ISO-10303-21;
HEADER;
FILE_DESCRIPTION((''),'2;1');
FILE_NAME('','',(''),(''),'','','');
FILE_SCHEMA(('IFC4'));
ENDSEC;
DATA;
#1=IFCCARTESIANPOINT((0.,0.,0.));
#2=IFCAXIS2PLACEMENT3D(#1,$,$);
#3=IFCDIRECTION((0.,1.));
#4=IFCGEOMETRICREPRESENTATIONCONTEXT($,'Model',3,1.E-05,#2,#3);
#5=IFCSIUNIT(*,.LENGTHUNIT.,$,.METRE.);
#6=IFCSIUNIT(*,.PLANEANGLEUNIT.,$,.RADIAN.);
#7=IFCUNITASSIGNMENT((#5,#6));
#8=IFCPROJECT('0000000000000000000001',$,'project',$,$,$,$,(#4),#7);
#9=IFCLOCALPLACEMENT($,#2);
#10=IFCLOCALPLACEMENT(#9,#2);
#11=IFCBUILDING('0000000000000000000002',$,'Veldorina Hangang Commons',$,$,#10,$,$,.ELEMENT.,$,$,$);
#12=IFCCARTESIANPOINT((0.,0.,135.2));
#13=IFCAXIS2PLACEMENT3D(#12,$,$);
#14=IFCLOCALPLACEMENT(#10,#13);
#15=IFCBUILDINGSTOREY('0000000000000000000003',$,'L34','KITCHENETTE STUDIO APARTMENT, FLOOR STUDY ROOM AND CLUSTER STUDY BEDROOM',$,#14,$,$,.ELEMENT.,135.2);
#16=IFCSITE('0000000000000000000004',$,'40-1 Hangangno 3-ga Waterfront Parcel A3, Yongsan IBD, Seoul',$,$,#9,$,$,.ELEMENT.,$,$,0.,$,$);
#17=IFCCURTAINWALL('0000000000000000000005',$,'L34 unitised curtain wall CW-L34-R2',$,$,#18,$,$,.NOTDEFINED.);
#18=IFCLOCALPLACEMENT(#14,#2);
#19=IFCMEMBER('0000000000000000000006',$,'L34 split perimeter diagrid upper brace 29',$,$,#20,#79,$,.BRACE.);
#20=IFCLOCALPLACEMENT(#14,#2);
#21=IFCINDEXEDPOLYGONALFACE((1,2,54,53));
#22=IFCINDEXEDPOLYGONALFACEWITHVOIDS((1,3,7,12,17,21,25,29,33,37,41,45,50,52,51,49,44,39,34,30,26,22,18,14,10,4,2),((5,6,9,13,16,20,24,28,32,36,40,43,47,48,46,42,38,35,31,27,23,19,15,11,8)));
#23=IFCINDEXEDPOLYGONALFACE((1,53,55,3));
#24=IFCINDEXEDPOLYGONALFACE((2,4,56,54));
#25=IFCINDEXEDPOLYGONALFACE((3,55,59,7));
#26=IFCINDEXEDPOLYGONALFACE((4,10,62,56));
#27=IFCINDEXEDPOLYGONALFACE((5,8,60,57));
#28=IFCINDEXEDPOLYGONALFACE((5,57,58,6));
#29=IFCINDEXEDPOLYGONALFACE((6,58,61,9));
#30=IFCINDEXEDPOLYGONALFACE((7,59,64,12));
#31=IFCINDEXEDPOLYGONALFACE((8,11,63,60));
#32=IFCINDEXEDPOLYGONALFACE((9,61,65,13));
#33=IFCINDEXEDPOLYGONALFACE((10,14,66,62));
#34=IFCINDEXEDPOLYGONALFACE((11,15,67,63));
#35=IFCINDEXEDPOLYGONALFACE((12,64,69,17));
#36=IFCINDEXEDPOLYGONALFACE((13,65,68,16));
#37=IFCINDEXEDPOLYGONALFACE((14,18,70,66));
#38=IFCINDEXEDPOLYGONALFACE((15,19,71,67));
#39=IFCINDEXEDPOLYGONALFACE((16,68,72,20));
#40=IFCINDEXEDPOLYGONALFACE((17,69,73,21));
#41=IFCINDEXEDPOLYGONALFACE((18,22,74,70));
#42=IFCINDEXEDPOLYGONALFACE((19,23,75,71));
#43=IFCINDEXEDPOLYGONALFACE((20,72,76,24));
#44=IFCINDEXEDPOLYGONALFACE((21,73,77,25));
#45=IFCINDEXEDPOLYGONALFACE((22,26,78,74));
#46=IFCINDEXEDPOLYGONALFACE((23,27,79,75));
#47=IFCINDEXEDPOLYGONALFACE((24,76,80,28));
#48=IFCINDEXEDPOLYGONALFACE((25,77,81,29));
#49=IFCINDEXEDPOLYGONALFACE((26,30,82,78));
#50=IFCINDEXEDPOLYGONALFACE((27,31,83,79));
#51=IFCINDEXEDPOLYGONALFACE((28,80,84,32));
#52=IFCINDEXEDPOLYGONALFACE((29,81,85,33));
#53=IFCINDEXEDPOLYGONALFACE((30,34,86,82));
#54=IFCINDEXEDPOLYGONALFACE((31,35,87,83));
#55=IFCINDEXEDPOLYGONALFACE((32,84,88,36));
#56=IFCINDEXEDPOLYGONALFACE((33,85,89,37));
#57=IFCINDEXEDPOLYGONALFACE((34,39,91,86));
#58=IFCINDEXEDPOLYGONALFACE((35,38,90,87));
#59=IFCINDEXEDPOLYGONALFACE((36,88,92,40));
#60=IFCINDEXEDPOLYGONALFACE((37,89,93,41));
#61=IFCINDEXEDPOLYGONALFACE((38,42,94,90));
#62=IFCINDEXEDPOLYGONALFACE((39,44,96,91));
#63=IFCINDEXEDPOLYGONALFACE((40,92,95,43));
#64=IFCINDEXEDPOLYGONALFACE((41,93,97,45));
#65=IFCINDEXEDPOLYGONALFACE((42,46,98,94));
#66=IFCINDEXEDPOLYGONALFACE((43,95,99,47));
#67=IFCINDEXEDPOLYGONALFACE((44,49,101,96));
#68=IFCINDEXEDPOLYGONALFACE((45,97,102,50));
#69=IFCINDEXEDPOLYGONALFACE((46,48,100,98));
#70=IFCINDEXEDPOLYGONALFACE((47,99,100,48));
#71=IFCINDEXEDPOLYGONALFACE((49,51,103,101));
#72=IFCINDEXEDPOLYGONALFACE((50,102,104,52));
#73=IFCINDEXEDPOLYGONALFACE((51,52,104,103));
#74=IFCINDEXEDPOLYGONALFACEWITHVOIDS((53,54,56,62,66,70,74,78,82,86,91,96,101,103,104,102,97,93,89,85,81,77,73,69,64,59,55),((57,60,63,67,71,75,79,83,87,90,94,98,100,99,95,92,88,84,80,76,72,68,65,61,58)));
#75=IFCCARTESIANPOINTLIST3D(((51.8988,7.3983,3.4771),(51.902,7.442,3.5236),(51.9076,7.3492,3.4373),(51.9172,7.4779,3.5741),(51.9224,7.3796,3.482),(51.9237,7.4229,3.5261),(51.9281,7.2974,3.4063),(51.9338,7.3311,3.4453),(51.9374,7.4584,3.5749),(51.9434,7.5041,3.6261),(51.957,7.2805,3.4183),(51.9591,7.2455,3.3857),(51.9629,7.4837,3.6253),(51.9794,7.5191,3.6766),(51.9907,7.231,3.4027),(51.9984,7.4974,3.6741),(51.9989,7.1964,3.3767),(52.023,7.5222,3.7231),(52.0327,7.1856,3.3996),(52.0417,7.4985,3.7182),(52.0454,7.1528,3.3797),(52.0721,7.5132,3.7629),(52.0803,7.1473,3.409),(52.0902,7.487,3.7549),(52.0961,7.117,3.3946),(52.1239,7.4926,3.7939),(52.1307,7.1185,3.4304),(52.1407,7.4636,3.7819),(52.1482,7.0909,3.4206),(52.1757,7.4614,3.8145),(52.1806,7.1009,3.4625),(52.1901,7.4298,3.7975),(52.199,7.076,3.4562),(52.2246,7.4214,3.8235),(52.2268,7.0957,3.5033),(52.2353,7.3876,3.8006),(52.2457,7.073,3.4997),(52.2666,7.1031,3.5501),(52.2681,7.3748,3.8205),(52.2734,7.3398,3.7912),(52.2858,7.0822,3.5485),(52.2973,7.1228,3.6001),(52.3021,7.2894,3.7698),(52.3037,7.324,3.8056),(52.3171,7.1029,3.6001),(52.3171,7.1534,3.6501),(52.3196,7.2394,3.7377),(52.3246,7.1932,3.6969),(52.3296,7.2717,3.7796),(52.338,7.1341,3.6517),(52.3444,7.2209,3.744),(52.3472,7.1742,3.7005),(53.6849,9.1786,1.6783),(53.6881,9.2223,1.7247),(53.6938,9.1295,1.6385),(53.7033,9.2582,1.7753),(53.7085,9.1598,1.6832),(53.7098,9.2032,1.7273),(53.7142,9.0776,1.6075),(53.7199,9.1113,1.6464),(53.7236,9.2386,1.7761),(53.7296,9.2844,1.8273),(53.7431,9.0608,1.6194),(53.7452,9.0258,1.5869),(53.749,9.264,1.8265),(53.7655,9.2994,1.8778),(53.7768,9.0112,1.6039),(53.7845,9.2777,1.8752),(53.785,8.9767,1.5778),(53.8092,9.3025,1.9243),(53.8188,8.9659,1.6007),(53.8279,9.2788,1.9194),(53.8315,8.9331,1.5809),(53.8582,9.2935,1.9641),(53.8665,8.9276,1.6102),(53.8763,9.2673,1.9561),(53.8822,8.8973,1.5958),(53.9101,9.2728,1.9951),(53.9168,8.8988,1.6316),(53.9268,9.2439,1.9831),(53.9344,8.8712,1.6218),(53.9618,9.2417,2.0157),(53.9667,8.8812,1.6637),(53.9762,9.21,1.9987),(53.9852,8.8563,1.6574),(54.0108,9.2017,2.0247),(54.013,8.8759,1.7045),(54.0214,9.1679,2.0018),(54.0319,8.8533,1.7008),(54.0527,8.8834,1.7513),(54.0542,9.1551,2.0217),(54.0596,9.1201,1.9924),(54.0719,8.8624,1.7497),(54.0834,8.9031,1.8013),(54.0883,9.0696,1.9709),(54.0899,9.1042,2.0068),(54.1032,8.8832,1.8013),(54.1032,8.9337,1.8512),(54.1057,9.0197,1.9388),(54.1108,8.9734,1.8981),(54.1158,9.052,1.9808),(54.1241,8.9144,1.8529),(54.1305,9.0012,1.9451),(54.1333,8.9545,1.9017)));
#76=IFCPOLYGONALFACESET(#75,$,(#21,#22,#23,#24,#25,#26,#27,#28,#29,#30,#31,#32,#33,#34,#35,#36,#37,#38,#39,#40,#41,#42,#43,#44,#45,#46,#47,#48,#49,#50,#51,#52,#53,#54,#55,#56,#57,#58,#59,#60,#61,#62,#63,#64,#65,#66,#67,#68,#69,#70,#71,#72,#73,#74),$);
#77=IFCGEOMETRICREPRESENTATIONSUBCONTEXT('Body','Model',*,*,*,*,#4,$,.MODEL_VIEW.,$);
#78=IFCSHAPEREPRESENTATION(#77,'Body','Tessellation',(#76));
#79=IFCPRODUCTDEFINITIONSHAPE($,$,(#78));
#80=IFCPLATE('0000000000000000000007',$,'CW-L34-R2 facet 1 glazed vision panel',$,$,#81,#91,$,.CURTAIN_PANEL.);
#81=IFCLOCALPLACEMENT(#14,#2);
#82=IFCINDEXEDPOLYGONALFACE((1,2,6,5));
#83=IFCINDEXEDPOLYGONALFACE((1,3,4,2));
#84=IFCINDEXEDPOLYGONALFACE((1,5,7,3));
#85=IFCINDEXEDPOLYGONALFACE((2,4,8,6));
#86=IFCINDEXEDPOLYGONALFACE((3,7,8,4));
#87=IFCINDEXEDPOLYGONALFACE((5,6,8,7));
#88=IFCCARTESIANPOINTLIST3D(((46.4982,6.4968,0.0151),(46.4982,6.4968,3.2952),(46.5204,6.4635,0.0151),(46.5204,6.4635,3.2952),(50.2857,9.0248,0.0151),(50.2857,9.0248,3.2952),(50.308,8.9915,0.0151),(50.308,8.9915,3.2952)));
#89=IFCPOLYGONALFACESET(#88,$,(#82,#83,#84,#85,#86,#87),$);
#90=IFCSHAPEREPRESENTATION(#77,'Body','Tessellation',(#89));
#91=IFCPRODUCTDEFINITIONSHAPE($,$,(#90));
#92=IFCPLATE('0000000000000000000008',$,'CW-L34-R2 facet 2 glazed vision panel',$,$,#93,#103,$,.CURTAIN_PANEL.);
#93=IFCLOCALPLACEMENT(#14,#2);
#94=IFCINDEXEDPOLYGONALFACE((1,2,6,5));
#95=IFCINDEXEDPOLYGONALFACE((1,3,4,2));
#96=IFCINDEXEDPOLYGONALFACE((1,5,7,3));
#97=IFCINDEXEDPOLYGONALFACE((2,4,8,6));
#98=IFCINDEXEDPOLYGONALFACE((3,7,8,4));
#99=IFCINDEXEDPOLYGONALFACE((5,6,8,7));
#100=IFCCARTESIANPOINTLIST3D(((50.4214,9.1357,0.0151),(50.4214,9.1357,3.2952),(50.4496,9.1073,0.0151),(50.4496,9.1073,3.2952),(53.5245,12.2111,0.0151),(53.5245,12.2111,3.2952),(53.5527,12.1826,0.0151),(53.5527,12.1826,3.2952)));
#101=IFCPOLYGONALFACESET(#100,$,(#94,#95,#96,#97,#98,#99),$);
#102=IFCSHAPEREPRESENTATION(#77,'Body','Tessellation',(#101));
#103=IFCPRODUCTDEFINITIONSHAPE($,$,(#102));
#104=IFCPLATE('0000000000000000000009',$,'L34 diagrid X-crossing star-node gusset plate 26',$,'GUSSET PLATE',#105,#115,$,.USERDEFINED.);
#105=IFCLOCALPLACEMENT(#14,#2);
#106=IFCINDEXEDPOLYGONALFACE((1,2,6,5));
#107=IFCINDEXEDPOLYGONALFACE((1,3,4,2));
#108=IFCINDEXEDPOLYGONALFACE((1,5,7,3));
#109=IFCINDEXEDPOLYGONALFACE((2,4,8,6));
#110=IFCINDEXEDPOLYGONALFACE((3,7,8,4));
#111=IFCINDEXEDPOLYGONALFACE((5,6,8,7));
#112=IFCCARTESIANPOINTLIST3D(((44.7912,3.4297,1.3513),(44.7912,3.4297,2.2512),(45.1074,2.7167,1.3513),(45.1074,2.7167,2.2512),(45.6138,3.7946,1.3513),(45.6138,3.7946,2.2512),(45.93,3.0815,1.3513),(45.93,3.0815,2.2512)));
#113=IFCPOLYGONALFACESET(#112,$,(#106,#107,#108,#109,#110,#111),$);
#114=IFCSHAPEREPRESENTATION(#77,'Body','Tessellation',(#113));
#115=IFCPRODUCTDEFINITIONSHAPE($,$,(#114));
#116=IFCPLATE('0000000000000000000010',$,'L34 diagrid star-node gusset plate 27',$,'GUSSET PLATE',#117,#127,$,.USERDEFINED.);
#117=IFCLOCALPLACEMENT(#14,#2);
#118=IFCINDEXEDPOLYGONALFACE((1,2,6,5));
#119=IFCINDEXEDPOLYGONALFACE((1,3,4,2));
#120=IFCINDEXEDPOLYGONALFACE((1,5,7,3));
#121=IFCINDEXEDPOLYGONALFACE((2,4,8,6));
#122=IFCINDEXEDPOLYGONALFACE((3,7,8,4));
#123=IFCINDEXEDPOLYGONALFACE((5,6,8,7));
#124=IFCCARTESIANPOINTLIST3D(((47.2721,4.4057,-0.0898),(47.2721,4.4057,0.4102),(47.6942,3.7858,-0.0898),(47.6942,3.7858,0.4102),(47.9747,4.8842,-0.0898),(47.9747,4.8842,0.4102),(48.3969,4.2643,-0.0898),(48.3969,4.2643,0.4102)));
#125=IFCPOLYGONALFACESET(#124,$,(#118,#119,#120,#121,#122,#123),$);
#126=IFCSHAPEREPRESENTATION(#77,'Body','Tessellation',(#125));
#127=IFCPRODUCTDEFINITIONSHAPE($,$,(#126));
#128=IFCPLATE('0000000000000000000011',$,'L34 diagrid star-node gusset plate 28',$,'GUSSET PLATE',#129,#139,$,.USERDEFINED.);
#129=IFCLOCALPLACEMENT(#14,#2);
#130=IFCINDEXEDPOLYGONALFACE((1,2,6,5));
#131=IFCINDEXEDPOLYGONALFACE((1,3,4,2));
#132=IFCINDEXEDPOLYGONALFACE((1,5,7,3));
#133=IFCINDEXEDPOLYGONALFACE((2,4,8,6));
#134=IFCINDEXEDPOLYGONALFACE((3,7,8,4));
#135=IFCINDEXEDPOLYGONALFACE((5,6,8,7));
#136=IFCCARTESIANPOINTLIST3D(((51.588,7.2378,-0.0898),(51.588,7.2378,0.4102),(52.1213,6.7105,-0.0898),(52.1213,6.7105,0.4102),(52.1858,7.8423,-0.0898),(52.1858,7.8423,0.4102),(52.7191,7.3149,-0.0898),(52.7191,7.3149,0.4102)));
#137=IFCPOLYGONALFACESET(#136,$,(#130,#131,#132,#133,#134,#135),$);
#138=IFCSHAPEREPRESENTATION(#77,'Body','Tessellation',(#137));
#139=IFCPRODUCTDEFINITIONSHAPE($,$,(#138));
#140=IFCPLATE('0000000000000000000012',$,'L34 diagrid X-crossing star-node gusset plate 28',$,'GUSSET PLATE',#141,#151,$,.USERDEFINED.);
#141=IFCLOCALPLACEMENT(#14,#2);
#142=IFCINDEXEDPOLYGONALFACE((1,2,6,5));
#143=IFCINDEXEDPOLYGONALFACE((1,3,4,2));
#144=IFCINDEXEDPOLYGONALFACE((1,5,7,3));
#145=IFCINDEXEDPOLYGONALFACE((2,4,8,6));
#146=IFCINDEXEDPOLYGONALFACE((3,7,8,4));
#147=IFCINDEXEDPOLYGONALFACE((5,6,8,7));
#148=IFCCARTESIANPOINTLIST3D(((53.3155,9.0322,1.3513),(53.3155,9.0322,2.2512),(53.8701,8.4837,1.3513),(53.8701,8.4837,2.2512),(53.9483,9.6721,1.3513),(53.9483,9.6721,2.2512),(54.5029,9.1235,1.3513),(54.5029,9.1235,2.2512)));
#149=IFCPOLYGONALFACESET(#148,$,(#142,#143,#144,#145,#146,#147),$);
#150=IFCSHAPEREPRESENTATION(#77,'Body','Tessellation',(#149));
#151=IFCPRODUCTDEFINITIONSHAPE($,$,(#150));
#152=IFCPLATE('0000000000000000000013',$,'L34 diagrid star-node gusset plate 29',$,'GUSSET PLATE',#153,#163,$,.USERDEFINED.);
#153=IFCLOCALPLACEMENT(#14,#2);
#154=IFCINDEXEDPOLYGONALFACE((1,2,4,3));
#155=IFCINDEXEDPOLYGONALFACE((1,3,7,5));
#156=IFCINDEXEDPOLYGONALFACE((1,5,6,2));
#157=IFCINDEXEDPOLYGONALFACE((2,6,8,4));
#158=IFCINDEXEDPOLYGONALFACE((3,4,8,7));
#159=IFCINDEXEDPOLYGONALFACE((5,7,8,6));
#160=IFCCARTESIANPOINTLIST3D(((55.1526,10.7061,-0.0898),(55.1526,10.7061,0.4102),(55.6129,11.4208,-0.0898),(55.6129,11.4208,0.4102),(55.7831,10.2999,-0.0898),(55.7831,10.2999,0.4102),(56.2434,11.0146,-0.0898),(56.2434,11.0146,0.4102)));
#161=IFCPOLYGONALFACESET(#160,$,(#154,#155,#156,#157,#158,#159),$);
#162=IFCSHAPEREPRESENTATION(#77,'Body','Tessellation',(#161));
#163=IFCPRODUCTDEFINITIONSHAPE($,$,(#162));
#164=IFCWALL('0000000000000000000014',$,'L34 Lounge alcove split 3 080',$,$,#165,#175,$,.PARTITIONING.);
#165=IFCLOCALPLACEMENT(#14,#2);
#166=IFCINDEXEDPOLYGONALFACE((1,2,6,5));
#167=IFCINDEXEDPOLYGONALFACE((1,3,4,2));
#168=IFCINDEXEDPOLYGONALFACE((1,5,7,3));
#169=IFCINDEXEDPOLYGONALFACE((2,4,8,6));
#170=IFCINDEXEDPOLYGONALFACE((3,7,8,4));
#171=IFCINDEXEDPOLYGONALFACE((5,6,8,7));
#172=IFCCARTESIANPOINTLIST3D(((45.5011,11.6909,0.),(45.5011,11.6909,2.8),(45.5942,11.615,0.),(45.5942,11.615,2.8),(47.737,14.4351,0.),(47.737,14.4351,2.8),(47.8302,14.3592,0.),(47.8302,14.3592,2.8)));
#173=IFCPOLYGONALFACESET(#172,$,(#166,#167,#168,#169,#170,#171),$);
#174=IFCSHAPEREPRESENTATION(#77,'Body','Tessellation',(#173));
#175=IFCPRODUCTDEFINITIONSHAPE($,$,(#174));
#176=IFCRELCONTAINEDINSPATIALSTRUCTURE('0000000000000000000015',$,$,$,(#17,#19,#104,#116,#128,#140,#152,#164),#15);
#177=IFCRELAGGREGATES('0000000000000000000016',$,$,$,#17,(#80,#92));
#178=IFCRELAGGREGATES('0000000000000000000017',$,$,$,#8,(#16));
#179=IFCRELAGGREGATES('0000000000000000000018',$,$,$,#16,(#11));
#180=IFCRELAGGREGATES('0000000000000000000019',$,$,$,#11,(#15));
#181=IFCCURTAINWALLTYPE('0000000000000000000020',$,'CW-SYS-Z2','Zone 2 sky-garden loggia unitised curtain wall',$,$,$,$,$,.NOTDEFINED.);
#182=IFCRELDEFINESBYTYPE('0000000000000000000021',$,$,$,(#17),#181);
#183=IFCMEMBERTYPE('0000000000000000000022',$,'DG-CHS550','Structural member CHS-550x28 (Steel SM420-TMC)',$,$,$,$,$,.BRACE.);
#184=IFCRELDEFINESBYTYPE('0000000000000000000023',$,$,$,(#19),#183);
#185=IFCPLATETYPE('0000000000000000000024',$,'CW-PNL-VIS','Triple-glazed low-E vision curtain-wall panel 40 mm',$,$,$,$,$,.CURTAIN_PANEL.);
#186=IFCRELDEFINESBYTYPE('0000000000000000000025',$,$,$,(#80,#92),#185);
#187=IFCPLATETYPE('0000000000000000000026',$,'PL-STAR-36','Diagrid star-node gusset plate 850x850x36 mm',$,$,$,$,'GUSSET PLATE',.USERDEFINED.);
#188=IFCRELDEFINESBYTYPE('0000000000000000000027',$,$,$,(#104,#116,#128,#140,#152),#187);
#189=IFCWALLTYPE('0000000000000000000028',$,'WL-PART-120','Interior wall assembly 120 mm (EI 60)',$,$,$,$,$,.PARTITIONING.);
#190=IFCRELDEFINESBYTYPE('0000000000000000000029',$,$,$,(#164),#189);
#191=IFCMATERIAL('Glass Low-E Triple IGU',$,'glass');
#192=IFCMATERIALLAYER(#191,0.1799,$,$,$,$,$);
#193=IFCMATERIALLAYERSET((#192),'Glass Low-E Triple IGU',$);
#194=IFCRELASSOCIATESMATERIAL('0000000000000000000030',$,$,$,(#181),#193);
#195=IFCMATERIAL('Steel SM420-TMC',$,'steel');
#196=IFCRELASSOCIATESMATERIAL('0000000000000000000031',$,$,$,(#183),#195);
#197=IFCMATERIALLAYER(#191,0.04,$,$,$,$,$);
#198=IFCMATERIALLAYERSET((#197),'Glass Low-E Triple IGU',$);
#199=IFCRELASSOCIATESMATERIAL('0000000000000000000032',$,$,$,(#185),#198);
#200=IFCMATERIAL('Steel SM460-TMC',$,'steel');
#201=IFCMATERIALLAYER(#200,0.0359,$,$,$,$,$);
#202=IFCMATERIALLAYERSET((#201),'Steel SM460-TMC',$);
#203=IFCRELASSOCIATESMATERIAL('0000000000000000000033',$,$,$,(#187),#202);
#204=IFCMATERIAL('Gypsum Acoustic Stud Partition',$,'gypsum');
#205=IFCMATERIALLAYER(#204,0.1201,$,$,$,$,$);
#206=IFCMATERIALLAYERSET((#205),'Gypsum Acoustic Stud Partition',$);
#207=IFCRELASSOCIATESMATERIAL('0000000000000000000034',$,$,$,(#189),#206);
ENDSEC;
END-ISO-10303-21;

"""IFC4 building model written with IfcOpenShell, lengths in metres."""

from ifc_helpers import new_model, si_unit, direction, frame, frame_2d, origin, origin_2d, place, context, subcontext, project, spatial, rectangle, hollow_circle, extrude, material, layer, layer_set, material_profile, profile_set, type_object, element, aggregate, save


model = new_model("IFC4")

# Units and contexts
model_context = context("Model", 3, precision=1e-05, world=origin(), true_north=direction((0.0, 1.0)))
body_context = subcontext(model_context, "Body", "Model", "MODEL_VIEW")
ifc_project = project(units=[si_unit("LENGTHUNIT", "METRE"), si_unit("PLANEANGLEUNIT", "RADIAN")], contexts=[model_context])

# Site, building, storey
site_placement = place(None, origin())
site = spatial("IfcSite", under=ifc_project, at=site_placement, Name="40-1 Hangangno 3-ga Waterfront Parcel A3, Yongsan IBD, Seoul", CompositionType="ELEMENT", RefElevation=0.0)
building_placement = place(site_placement, origin())
building = spatial("IfcBuilding", under=site, at=building_placement, Name="Veldorina Hangang Commons", CompositionType="ELEMENT")
storey_placement = place(building_placement, frame((0.0, 0.0, 135.2)))
storey = spatial("IfcBuildingStorey", under=building, at=storey_placement, Name="L34", Description="KITCHENETTE STUDIO APARTMENT, FLOOR STUDY ROOM AND CLUSTER STUDY BEDROOM", CompositionType="ELEMENT", Elevation=135.2)

# Shared definitions
ifc_material_1 = material(Name="Steel SM420-TMC", Category="steel")

# Curtain wall
ifc_material_2 = material(Name="Glass Low-E Triple IGU", Category="glass")
ifc_layer_1 = layer(ifc_material_2, 0.1799)
ifc_layer_set_1 = layer_set([ifc_layer_1], Name="Glass Low-E Triple IGU")
curtain_wall_type = type_object("IfcCurtainWallType", Name="CW-SYS-Z2", Description="Zone 2 sky-garden loggia unitised curtain wall", PredefinedType="NOTDEFINED", material=ifc_layer_set_1)
curtain_wall_placement = place(storey_placement, origin())
curtain_wall = element("IfcCurtainWall", 1, at=curtain_wall_placement, inside=storey, type_object=curtain_wall_type, Name="L34 unitised curtain wall CW-L34-R2", PredefinedType="NOTDEFINED")

# Member
ifc_material_profile_1 = material_profile(ifc_material_1, hollow_circle(Radius=0.2749, WallThickness=0.0281, at=origin_2d()), Name="CHS-550x28")
ifc_profile_set_1 = profile_set([ifc_material_profile_1], Name="Steel SM420-TMC")
member_type_1 = type_object("IfcMemberType", Name="DG-CHS550", Description="Structural member CHS-550x28 (Steel SM420-TMC)", PredefinedType="BRACE", material=ifc_profile_set_1)
member_1_placement = place(storey_placement, frame((53.9092, 9.0779, 1.8013), z_axis=(-0.576609, -0.574718, 0.580708), x_axis=(0.705944, -0.708268, 0.0)))
element("IfcMember", 2, at=member_1_placement, inside=storey, type_object=member_type_1, Name="L34 split perimeter diagrid upper brace 29", PredefinedType="BRACE", context=body_context, shape_type="SweptSolid", body=[
    extrude(hollow_circle(Radius=0.2749, WallThickness=0.0281, at=origin_2d()), origin(), (0.0, 0.0, 1.0), 3.0977),
])

# Plates
ifc_layer_2 = layer(ifc_material_2, 0.04)
ifc_layer_set_2 = layer_set([ifc_layer_2], Name="Glass Low-E Triple IGU")
plate_type_1 = type_object("IfcPlateType", Name="CW-PNL-VIS", Description="Triple-glazed low-E vision curtain-wall panel 40 mm", PredefinedType="CURTAIN_PANEL", material=ifc_layer_set_2)
plate_1_placement = place(storey_placement, frame((48.4031, 7.7441, 0.0151), z_axis=(0.0, 0.0, 1.0), x_axis=(0.831751, 0.555149, 0.0)))
plate_1 = element("IfcPlate", 3, at=plate_1_placement, type_object=plate_type_1, Name="CW-L34-R2 facet 1 glazed vision panel", PredefinedType="CURTAIN_PANEL", context=body_context, shape_type="SweptSolid", body=[
    extrude(rectangle(XDim=4.5537, YDim=0.04, at=origin_2d()), origin(), (0.0, 0.0, 1.0), 3.28),
])
plate_2_placement = place(storey_placement, frame((51.9871, 10.6592, 0.0151), z_axis=(0.0, 0.0, 1.0), x_axis=(0.710284, 0.703916, 0.0)))
plate_2 = element("IfcPlate", 4, at=plate_2_placement, type_object=plate_type_1, Name="CW-L34-R2 facet 2 glazed vision panel", PredefinedType="CURTAIN_PANEL", context=body_context, shape_type="SweptSolid", body=[
    extrude(rectangle(XDim=4.3689, YDim=0.04, at=origin_2d()), origin(), (0.0, 0.0, 1.0), 3.28),
])
aggregate(curtain_wall, [plate_1, plate_2])

# Plates
ifc_material_3 = material(Name="Steel SM460-TMC", Category="steel")
ifc_layer_3 = layer(ifc_material_3, 0.0359)
ifc_layer_set_3 = layer_set([ifc_layer_3], Name="Steel SM460-TMC")
plate_type_2 = type_object("IfcPlateType", Name="PL-STAR-36", Description="Diagrid star-node gusset plate 850x850x36 mm", ElementType="GUSSET PLATE", PredefinedType="USERDEFINED", material=ifc_layer_set_3)
plate_3_placement = place(storey_placement, frame((45.3606, 3.2556, 1.3513), z_axis=(0.0, 0.0, 1.0), x_axis=(0.914112, 0.405461, 0.0)))
element("IfcPlate", 5, at=plate_3_placement, inside=storey, type_object=plate_type_2, Name="L34 diagrid X-crossing star-node gusset plate 26", ObjectType="GUSSET PLATE", PredefinedType="USERDEFINED", context=body_context, shape_type="SweptSolid", body=[
    extrude(rectangle(XDim=0.8999, YDim=0.78, at=origin_2d()), origin(), (0.0, 0.0, 1.0), 0.8999),
])
for number, where, z_axis, x_axis, name in (
    (6, (47.8345, 4.335, -0.0898), (0.0, 0.0, 1.0), (0.826541, 0.562877, 0.0), "L34 diagrid star-node gusset plate 27"),
    (7, (52.1536, 7.2764, -0.0898), (0.0, 0.0, 1.0), (0.703184, 0.711008, 0.0), "L34 diagrid star-node gusset plate 28"),
):
    element("IfcPlate", number, at=place(storey_placement, frame(where, z_axis=z_axis, x_axis=x_axis)), inside=storey, type_object=plate_type_2, Name=name, ObjectType="GUSSET PLATE", PredefinedType="USERDEFINED", context=body_context, shape_type="SweptSolid", body=[
        extrude(rectangle(XDim=0.8501, YDim=0.75, at=origin_2d()), origin(), (0.0, 0.0, 1.0), 0.5),
    ])
plate_4_placement = place(storey_placement, frame((53.9092, 9.0779, 1.3513), z_axis=(0.0, 0.0, 1.0), x_axis=(0.703184, 0.711008, 0.0)))
element("IfcPlate", 8, at=plate_4_placement, inside=storey, type_object=plate_type_2, Name="L34 diagrid X-crossing star-node gusset plate 28", ObjectType="GUSSET PLATE", PredefinedType="USERDEFINED", context=body_context, shape_type="SweptSolid", body=[
    extrude(rectangle(XDim=0.8999, YDim=0.78, at=origin_2d()), origin(), (0.0, 0.0, 1.0), 0.8999),
])
plate_5_placement = place(storey_placement, frame((55.698, 10.8604, -0.0898), z_axis=(0.0, 0.0, 1.0), x_axis=(0.541517, 0.840689, 0.0)))
element("IfcPlate", 9, at=plate_5_placement, inside=storey, type_object=plate_type_2, Name="L34 diagrid star-node gusset plate 29", ObjectType="GUSSET PLATE", PredefinedType="USERDEFINED", context=body_context, shape_type="SweptSolid", body=[
    extrude(rectangle(XDim=0.8501, YDim=0.75, at=origin_2d()), origin(), (0.0, 0.0, 1.0), 0.5),
])

# Wall
ifc_material_4 = material(Name="Gypsum Acoustic Stud Partition", Category="gypsum")
ifc_layer_4 = layer(ifc_material_4, 0.1201)
ifc_layer_set_4 = layer_set([ifc_layer_4], Name="Gypsum Acoustic Stud Partition")
wall_type = type_object("IfcWallType", Name="WL-PART-120", Description="Interior wall assembly 120 mm (EI 60)", PredefinedType="PARTITIONING", material=ifc_layer_set_4)
wall_placement = place(storey_placement, frame((45.5476, 11.6528, 0.0), z_axis=(0.0, 0.0, 1.0), x_axis=(0.631651, 0.775252, 0.0)))
element("IfcWall", 10, at=wall_placement, inside=storey, type_object=wall_type, Name="L34 Lounge alcove split 3 080", PredefinedType="PARTITIONING", context=body_context, shape_type="SweptSolid", body=[
    extrude(rectangle(XDim=3.5398, YDim=0.1201, at=frame_2d((1.77, 0.0))), origin(), (0.0, 0.0, 1.0), 2.8),
])

save(model, "model.ifc")
